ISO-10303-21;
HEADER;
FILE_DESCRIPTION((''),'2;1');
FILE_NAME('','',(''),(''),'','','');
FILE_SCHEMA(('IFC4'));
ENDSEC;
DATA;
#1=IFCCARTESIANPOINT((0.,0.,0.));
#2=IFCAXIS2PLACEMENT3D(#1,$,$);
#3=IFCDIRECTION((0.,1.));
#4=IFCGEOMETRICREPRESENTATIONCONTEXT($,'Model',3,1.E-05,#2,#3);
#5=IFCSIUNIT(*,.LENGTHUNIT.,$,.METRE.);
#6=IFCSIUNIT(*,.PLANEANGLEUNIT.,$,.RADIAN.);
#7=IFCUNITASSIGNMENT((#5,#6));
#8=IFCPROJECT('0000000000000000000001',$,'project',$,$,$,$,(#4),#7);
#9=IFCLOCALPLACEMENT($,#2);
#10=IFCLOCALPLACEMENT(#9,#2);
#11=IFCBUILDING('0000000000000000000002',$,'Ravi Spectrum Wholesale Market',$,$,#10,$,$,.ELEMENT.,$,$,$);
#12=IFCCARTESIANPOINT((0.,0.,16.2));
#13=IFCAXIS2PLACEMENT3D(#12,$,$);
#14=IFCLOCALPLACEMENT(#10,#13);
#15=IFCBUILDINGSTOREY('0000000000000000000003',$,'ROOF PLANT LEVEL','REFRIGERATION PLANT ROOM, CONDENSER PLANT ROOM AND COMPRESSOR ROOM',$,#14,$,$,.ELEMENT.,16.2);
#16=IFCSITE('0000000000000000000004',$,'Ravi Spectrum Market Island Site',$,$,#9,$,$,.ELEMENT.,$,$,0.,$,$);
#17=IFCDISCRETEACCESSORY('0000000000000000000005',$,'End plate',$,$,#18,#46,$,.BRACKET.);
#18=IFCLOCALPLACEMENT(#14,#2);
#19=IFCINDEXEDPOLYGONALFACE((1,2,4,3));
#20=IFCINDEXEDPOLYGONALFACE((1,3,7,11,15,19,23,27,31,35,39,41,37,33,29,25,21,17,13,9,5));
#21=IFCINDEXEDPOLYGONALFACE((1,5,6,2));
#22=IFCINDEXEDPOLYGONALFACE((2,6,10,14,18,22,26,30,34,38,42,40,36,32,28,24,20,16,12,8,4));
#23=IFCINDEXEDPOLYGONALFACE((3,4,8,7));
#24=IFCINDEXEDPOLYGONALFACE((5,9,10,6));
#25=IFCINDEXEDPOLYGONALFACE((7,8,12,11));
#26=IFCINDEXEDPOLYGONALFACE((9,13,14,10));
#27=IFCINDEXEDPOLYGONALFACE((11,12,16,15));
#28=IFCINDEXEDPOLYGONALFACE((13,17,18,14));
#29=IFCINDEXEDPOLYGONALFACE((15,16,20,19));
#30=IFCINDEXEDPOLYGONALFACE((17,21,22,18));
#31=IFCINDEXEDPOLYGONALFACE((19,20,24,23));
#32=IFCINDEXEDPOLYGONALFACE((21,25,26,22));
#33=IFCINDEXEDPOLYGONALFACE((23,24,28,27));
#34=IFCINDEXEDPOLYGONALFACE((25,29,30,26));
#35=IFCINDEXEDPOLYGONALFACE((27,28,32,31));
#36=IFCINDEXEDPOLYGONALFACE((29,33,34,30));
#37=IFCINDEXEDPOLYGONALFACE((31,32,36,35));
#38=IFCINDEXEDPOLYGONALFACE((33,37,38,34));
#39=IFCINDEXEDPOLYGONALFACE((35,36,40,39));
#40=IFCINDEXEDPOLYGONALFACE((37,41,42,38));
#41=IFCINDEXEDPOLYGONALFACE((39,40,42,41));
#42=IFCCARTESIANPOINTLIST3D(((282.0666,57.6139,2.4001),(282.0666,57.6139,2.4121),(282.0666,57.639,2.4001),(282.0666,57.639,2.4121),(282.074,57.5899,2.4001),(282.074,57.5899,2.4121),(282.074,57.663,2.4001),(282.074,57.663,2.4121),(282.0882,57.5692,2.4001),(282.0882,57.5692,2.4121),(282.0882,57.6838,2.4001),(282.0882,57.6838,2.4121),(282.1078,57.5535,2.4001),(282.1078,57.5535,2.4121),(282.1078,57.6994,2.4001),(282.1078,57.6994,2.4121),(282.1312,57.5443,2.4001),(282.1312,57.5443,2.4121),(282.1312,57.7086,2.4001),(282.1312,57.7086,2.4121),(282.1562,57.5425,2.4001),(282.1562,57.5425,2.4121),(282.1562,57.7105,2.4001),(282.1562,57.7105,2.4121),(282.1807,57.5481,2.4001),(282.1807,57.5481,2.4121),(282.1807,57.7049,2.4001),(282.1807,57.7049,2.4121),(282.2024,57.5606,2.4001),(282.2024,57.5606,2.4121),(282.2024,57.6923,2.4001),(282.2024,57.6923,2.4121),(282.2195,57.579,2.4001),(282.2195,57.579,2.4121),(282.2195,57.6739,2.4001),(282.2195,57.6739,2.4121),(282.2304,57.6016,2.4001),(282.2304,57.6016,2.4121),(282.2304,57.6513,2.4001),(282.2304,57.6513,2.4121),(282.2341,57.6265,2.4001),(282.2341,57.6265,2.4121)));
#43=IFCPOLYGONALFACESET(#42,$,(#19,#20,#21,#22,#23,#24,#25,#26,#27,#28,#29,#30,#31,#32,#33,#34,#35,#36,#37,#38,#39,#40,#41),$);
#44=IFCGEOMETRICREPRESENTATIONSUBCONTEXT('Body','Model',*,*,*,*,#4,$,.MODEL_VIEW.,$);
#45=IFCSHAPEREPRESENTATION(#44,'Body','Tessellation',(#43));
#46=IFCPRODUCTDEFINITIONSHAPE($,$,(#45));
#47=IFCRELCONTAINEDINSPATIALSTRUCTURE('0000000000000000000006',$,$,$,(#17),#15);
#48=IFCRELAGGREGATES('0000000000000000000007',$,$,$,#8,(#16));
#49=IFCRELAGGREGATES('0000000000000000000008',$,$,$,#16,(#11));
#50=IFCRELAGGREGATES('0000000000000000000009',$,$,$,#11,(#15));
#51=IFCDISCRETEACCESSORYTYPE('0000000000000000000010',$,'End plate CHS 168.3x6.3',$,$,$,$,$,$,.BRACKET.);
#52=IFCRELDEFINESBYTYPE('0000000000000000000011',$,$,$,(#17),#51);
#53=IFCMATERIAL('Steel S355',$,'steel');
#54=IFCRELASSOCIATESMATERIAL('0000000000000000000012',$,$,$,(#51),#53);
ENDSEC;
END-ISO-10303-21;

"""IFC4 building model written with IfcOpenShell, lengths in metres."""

from ifc_helpers import new_model, si_unit, direction, frame, origin, origin_2d, place, context, subcontext, project, spatial, circle, extrude, material, material_profile, profile_set, type_object, element, save


model = new_model("IFC4")

# Units and contexts
model_context = context("Model", 3, precision=1e-05, world=origin(), true_north=direction((0.0, 1.0)))
body_context = subcontext(model_context, "Body", "Model", "MODEL_VIEW")
ifc_project = project(units=[si_unit("LENGTHUNIT", "METRE"), si_unit("PLANEANGLEUNIT", "RADIAN")], contexts=[model_context])

# Site, building, storey
site_placement = place(None, origin())
site = spatial("IfcSite", under=ifc_project, at=site_placement, Name="Ravi Spectrum Market Island Site", CompositionType="ELEMENT", RefElevation=0.0)
building_placement = place(site_placement, origin())
building = spatial("IfcBuilding", under=site, at=building_placement, Name="Ravi Spectrum Wholesale Market", CompositionType="ELEMENT")
storey_placement = place(building_placement, frame((0.0, 0.0, 16.2)))
storey = spatial("IfcBuildingStorey", under=building, at=storey_placement, Name="ROOF PLANT LEVEL", Description="REFRIGERATION PLANT ROOM, CONDENSER PLANT ROOM AND COMPRESSOR ROOM", CompositionType="ELEMENT", Elevation=16.2)

# Discrete accessory
ifc_material_1 = material(Name="Steel S355", Category="steel")
ifc_material_profile_1 = material_profile(ifc_material_1, circle(Radius=0.0842, at=origin_2d()))
ifc_profile_set_1 = profile_set([ifc_material_profile_1], Name="Steel S355")
discrete_accessory_type = type_object("IfcDiscreteAccessoryType", Name="End plate CHS 168.3x6.3", PredefinedType="BRACKET", material=ifc_profile_set_1)
for number, where, z_axis, x_axis, name in (
    (1, (282.1499, 57.6265, 2.4001), (0.0, 0.0, 1.0), (1.0, 0.0, 0.0), "End plate"),
):
    element("IfcDiscreteAccessory", number, at=place(storey_placement, frame(where, z_axis=z_axis, x_axis=x_axis)), inside=storey, type_object=discrete_accessory_type, Name=name, PredefinedType="BRACKET", context=body_context, shape_type="SweptSolid", body=[
        extrude(circle(Radius=0.0842, at=origin_2d()), origin(), (0.0, 0.0, 1.0), 0.012),
    ])

save(model, "model.ifc")
